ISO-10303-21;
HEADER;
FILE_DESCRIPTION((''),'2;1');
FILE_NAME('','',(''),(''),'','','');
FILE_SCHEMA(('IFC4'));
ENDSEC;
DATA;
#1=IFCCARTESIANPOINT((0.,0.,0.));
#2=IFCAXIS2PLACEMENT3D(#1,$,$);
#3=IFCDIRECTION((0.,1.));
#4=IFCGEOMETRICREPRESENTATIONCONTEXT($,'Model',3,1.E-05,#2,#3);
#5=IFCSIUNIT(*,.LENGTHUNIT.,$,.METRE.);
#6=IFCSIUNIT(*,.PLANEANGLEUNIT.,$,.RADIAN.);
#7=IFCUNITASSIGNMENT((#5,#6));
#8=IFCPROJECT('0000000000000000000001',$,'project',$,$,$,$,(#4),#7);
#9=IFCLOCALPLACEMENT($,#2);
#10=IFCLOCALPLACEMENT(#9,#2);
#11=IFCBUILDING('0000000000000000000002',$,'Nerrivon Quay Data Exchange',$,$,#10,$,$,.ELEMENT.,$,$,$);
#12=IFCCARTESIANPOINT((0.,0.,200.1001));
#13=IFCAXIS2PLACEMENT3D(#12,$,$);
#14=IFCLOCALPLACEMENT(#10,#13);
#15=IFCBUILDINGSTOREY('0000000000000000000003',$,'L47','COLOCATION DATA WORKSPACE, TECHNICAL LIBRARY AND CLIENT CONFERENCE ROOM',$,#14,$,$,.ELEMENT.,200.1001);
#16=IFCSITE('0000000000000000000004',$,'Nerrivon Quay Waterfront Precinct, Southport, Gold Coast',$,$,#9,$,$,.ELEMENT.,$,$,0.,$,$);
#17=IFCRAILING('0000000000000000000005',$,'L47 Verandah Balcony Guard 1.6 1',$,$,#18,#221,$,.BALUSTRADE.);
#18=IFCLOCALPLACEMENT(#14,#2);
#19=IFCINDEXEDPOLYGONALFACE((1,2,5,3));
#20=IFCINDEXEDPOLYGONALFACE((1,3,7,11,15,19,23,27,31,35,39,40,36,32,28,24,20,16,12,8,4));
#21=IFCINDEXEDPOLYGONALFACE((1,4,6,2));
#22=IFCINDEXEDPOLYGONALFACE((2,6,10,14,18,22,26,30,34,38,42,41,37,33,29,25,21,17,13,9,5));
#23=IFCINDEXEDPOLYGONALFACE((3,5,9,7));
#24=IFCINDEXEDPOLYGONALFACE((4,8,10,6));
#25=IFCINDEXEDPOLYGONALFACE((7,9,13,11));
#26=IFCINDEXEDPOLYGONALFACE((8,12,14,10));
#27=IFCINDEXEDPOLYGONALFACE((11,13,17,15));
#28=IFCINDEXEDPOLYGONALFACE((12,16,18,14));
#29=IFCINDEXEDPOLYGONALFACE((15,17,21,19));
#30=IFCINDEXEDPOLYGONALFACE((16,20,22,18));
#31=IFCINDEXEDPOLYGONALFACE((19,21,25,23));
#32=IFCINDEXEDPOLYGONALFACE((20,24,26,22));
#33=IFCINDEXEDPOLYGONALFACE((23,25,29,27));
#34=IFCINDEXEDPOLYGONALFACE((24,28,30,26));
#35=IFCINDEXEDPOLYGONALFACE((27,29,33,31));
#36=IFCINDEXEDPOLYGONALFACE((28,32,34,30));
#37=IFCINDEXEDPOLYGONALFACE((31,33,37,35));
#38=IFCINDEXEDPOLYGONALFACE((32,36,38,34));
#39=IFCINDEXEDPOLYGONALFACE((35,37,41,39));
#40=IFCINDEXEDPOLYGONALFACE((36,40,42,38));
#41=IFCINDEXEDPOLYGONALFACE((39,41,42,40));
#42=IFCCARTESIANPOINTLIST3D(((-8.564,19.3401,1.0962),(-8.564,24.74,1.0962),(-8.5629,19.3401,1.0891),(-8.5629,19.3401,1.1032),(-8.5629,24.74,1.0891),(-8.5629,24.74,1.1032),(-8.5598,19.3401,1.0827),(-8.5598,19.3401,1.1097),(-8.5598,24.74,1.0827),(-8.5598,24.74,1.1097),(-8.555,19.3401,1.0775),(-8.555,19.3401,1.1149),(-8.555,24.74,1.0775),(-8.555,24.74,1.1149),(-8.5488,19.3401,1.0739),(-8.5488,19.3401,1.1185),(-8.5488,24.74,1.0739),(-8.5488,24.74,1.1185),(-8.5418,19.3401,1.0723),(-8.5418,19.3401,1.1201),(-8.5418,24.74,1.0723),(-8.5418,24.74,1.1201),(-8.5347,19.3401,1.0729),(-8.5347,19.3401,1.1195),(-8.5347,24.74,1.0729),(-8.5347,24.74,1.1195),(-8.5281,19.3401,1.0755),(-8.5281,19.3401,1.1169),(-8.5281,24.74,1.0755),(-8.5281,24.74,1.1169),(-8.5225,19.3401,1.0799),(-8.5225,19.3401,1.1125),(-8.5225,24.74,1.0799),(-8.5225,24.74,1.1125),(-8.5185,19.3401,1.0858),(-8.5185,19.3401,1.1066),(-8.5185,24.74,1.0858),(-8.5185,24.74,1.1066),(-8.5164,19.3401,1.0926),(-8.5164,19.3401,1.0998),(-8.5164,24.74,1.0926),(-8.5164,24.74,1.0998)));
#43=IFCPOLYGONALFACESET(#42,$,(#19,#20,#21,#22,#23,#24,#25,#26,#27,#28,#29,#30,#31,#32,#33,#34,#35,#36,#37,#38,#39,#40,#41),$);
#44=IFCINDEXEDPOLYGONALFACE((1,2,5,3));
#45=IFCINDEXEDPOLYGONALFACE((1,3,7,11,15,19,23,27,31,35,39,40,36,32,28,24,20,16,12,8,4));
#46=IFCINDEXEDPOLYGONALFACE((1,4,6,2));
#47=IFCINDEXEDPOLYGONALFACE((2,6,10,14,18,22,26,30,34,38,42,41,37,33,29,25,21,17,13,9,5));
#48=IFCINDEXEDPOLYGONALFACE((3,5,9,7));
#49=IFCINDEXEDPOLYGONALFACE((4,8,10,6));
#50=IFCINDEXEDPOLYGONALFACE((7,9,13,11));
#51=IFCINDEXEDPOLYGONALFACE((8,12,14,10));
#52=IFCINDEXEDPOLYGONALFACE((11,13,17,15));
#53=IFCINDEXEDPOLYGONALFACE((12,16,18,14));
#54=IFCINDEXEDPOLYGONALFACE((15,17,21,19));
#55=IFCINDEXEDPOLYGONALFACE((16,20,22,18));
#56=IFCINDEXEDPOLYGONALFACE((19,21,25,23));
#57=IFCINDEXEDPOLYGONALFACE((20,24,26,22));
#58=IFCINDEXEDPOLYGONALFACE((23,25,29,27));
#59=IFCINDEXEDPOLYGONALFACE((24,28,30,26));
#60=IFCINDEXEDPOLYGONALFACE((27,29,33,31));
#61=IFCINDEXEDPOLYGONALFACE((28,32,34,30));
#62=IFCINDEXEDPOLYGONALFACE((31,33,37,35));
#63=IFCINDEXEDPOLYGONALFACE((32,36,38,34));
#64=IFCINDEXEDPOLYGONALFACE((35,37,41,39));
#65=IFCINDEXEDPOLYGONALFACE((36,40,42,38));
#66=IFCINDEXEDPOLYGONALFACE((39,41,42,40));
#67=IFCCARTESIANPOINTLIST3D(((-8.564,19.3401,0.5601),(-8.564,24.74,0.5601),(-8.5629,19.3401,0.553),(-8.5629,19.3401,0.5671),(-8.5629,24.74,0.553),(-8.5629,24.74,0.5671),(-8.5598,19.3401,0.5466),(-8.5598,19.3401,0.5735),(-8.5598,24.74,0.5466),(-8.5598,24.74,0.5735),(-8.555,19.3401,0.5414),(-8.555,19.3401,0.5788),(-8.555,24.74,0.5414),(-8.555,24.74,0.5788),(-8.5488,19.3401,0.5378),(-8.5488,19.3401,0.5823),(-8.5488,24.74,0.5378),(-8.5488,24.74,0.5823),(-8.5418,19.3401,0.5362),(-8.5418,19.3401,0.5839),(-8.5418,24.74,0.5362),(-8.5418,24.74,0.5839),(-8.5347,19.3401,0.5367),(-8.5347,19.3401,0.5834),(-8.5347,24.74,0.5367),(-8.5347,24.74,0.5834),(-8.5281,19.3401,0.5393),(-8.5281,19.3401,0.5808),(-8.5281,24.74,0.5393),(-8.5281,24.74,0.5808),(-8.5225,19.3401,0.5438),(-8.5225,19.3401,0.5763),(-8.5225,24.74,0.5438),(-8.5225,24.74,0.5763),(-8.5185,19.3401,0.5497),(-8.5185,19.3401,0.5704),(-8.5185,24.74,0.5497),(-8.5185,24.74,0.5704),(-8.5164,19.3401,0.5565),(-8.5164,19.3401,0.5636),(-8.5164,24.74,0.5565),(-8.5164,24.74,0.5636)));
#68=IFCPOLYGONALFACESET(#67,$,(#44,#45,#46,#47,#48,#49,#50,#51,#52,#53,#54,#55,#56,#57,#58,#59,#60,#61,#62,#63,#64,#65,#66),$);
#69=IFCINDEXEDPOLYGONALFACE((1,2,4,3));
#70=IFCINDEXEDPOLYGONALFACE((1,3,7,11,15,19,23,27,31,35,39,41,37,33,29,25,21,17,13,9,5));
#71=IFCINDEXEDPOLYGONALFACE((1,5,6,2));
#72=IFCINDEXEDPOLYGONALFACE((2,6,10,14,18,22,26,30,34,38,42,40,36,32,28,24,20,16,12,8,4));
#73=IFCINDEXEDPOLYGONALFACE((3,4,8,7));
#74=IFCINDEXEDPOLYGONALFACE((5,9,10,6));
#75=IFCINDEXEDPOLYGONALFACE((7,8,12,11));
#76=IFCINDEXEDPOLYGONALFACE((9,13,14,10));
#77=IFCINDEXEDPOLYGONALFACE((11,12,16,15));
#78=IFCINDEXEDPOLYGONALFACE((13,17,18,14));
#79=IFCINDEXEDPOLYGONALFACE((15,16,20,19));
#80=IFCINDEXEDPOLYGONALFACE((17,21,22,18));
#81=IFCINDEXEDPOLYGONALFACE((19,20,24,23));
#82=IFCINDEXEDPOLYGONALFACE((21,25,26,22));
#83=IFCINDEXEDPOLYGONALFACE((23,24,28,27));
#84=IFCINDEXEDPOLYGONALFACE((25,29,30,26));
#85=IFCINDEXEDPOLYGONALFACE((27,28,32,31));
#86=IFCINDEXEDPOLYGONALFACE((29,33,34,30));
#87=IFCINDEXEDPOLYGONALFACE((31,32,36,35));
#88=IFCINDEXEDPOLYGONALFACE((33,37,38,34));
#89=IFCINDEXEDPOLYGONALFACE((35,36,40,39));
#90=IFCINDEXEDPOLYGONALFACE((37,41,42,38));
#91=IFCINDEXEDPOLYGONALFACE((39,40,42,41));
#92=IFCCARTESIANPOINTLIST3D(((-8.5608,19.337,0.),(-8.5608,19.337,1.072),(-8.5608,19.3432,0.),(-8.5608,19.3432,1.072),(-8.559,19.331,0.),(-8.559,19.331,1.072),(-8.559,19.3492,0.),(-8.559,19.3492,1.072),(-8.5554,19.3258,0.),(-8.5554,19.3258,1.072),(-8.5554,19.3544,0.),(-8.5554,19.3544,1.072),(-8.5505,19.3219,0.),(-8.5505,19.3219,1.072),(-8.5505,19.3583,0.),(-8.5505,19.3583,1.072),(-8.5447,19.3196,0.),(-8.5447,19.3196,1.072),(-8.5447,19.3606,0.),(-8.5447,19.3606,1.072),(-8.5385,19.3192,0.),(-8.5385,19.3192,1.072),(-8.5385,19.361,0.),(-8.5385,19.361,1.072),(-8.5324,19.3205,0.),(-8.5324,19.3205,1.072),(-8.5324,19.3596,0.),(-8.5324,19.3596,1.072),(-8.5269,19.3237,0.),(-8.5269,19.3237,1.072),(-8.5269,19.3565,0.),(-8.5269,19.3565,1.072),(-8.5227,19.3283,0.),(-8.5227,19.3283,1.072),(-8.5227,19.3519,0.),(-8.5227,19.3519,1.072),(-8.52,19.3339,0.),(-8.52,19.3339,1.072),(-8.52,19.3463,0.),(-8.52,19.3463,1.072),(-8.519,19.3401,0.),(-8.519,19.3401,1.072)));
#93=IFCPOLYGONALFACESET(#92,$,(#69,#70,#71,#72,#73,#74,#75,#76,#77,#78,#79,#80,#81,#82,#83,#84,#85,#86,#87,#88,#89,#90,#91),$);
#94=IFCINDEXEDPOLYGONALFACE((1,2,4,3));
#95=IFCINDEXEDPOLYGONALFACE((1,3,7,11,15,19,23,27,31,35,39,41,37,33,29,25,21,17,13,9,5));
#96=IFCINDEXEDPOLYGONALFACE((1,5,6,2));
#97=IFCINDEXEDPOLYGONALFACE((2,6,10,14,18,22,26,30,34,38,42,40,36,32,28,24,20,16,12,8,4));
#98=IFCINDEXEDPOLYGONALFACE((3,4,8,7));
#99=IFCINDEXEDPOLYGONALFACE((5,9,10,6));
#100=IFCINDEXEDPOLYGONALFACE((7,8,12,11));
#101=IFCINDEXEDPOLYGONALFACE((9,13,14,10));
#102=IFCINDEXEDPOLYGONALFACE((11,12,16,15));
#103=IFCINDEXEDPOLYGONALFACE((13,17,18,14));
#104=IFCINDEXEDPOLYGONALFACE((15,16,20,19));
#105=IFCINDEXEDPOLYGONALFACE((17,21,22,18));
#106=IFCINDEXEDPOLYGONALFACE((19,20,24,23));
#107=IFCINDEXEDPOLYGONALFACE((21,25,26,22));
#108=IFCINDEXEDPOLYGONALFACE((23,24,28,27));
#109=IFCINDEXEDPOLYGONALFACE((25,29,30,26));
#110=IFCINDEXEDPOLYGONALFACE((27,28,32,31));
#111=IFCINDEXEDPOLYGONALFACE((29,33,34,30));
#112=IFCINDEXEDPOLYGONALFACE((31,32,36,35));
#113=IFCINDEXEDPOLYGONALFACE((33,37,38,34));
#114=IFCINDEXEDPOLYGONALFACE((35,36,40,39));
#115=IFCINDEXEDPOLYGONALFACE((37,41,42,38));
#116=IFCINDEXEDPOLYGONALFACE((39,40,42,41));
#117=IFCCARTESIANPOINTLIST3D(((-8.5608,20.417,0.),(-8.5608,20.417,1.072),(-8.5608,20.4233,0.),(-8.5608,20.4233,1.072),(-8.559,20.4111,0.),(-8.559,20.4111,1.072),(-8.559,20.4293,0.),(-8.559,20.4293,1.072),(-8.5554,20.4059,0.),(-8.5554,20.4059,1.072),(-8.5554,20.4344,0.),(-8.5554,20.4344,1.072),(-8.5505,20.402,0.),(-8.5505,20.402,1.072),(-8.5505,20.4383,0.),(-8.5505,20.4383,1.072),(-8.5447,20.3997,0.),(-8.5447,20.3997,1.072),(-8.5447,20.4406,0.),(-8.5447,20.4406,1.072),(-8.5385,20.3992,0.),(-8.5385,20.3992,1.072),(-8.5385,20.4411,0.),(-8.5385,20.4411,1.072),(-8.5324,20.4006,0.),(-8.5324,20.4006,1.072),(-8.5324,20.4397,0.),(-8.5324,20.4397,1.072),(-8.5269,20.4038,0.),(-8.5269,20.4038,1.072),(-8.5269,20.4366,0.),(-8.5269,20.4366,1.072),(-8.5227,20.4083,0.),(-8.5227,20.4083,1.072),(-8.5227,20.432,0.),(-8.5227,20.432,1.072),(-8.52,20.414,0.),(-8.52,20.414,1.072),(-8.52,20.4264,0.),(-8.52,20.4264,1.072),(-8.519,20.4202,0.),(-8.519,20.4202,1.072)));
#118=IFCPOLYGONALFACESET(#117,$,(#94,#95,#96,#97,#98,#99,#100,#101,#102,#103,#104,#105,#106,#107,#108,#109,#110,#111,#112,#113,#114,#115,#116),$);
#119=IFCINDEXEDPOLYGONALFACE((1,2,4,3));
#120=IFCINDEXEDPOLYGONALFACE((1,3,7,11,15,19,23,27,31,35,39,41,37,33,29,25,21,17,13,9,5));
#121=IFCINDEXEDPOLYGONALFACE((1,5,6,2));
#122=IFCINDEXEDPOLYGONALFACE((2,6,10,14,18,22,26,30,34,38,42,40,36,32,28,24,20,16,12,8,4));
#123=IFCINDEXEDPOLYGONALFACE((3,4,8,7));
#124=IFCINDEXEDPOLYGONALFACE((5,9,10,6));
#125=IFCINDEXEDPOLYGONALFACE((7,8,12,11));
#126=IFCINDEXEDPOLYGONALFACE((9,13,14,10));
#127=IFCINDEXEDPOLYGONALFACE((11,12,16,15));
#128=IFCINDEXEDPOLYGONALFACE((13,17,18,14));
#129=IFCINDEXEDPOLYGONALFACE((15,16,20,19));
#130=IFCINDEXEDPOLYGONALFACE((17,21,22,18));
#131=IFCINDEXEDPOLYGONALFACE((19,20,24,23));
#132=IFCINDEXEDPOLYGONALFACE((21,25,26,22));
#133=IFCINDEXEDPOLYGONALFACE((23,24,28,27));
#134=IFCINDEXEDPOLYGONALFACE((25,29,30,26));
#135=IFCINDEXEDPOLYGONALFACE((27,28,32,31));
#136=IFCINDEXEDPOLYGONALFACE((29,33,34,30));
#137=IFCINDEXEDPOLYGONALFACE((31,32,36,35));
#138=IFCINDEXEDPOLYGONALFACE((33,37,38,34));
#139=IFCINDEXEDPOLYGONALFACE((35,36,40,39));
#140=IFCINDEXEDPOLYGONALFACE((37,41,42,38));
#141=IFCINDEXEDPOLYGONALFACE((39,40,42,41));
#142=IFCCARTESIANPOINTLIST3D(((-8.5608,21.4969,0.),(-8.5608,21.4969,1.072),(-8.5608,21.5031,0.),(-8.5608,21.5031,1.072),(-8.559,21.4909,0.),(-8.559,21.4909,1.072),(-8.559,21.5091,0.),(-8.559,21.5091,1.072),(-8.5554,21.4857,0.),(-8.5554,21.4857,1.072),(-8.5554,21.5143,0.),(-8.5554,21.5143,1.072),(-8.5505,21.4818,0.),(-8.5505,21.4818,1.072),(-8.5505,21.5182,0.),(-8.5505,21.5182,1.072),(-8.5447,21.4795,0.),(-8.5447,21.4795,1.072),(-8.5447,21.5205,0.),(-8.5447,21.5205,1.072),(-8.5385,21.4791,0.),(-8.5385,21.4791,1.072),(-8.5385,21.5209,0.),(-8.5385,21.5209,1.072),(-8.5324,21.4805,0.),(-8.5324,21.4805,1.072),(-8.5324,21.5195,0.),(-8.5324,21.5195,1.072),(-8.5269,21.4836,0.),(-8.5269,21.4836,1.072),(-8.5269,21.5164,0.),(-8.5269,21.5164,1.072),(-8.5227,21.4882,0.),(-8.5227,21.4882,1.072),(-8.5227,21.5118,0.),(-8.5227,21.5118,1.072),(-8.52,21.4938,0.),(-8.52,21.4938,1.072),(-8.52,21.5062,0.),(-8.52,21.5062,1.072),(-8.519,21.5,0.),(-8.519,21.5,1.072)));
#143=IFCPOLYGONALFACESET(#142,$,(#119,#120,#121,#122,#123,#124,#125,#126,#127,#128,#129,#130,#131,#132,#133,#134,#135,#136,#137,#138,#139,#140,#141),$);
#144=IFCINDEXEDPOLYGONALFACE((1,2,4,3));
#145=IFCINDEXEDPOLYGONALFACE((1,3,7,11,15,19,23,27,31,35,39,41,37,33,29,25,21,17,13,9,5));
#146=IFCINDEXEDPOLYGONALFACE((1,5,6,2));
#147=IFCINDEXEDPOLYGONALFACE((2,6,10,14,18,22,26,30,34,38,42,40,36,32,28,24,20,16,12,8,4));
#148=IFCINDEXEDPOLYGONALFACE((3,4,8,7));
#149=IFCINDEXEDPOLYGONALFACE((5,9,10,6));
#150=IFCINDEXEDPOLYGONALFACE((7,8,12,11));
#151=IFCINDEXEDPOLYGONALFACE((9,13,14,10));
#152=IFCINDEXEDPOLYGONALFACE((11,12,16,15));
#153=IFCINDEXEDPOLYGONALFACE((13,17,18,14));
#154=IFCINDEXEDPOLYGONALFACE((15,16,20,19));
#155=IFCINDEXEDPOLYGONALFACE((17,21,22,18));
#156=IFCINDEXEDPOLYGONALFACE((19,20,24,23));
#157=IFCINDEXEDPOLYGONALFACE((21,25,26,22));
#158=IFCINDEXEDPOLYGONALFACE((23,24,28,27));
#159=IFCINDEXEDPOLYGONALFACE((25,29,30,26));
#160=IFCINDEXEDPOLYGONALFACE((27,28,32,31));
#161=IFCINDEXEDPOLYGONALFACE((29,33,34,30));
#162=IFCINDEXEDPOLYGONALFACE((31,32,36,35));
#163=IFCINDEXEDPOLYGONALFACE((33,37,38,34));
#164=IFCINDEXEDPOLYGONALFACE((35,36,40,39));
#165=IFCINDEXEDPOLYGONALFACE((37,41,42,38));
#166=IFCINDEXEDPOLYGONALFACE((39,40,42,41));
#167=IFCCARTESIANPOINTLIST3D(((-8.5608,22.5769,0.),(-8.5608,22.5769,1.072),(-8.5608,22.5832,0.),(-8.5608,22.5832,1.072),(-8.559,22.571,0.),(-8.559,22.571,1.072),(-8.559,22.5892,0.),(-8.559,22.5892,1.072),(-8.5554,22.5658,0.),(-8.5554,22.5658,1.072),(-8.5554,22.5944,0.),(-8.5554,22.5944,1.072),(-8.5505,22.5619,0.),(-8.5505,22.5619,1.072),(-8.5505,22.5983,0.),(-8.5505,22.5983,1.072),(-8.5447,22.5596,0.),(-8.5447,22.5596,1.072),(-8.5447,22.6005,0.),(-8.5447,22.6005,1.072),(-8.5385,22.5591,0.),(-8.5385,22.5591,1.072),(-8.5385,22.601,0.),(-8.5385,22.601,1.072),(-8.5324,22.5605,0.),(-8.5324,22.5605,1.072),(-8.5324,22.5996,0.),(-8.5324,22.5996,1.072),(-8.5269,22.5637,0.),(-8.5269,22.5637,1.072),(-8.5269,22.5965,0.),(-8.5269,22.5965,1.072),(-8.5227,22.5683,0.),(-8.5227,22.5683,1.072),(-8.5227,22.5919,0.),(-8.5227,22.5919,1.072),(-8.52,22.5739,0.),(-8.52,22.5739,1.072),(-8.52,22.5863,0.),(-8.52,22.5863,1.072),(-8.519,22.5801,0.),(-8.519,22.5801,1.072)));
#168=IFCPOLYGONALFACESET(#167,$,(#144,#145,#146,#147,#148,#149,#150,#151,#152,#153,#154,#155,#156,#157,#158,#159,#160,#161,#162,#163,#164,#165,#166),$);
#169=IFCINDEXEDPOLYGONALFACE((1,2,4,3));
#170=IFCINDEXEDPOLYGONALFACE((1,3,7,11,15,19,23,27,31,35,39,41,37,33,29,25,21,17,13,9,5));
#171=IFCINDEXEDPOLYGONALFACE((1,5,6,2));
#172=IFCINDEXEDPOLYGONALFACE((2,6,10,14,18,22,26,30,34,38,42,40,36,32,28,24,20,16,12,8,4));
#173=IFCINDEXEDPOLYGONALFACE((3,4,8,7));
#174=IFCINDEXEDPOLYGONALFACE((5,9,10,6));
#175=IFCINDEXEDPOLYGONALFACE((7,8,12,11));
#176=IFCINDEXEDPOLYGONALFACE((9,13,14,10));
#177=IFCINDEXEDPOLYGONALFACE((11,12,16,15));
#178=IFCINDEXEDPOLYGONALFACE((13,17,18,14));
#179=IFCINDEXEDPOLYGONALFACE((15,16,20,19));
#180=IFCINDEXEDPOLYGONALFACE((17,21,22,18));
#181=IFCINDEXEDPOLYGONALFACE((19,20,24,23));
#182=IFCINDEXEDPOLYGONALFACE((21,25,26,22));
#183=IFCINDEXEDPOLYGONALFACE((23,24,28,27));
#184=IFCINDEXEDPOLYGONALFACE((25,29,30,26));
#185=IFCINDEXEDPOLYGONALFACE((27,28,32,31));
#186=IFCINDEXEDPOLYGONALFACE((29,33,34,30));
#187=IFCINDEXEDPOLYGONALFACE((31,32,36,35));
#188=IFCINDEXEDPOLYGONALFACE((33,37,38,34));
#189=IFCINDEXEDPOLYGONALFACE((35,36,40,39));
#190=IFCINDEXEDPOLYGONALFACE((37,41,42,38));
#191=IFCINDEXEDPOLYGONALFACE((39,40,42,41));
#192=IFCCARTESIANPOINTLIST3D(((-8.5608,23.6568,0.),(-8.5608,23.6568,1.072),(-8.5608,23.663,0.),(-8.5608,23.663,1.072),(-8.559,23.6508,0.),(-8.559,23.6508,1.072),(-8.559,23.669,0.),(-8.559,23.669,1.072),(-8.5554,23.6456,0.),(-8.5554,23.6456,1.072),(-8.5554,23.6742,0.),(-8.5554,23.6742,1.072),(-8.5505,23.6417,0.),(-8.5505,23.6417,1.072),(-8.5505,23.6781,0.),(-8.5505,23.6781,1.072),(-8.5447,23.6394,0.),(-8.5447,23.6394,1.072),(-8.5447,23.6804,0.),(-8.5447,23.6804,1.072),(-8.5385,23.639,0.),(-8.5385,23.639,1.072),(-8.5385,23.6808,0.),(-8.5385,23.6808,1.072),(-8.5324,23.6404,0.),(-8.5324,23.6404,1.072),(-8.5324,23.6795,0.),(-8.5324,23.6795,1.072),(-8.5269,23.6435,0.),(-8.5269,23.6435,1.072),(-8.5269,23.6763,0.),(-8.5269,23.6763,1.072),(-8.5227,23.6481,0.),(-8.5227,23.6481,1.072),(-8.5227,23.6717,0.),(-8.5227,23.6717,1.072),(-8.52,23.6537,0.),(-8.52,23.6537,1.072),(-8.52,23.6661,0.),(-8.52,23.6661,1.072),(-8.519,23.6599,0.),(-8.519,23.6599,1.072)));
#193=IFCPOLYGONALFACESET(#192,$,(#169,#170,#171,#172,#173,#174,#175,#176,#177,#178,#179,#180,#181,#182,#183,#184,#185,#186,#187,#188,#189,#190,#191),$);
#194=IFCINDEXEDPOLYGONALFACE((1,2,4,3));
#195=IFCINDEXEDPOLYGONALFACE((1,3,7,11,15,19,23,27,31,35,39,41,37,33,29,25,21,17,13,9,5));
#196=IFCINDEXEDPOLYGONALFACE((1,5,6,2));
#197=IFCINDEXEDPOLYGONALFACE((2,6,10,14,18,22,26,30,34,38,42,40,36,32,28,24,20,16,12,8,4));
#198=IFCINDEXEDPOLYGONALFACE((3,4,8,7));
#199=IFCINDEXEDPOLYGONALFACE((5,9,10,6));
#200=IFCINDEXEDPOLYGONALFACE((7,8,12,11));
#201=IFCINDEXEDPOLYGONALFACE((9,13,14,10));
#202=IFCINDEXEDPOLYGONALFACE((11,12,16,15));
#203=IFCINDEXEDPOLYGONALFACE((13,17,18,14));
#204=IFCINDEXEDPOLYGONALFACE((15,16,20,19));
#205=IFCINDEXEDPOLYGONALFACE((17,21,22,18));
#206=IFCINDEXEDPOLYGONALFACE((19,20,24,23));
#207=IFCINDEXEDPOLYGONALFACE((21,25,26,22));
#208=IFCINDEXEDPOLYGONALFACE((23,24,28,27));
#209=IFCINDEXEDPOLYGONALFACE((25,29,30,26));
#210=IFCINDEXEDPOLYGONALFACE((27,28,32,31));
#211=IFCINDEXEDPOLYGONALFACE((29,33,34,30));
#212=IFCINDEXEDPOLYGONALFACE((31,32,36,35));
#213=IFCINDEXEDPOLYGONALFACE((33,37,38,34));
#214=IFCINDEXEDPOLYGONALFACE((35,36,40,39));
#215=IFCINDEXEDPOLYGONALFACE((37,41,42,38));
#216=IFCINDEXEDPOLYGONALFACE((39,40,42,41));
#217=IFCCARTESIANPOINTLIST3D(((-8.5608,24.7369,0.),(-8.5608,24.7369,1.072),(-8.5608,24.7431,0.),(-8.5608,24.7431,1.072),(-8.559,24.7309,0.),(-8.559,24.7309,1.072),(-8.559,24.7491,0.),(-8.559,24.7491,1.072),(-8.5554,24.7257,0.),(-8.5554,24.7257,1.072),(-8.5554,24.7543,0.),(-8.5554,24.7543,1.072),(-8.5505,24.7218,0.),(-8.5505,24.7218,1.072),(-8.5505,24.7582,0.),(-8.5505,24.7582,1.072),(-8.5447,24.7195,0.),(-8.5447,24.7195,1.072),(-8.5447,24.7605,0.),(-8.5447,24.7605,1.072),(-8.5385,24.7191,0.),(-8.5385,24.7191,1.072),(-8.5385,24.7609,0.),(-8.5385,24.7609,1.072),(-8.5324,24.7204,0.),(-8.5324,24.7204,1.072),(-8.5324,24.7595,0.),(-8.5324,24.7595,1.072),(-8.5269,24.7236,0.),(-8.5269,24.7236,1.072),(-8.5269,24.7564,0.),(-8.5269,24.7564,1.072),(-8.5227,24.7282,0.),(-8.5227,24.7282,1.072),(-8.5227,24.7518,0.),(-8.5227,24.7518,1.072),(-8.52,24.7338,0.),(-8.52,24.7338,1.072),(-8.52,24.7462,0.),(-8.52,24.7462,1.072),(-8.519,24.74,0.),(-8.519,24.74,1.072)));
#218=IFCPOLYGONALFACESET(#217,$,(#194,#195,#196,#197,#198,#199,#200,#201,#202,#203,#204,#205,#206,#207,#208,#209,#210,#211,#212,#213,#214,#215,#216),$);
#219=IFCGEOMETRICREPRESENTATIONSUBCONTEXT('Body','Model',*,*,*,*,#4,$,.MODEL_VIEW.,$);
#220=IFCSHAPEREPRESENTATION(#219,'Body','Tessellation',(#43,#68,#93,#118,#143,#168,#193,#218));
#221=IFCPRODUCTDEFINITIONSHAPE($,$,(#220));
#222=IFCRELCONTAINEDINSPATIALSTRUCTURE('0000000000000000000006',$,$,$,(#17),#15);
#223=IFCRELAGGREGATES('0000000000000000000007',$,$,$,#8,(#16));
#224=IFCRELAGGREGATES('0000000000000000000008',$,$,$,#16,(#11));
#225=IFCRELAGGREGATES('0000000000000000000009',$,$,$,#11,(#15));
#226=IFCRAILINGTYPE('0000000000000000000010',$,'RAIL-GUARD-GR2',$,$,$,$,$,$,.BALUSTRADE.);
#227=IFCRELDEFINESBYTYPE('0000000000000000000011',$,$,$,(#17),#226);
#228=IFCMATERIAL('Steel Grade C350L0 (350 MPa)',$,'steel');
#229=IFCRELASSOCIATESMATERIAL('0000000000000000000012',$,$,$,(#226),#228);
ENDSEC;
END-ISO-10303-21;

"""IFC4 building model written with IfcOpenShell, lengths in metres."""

from ifc_helpers import new_model, si_unit, direction, frame, origin, origin_2d, place, context, subcontext, project, spatial, circle, extrude, material, type_object, element, save


model = new_model("IFC4")

# Units and contexts
model_context = context("Model", 3, precision=1e-05, world=origin(), true_north=direction((0.0, 1.0)))
body_context = subcontext(model_context, "Body", "Model", "MODEL_VIEW")
ifc_project = project(units=[si_unit("LENGTHUNIT", "METRE"), si_unit("PLANEANGLEUNIT", "RADIAN")], contexts=[model_context])

# Site, building, storey
site_placement = place(None, origin())
site = spatial("IfcSite", under=ifc_project, at=site_placement, Name="Nerrivon Quay Waterfront Precinct, Southport, Gold Coast", CompositionType="ELEMENT", RefElevation=0.0)
building_placement = place(site_placement, origin())
building = spatial("IfcBuilding", under=site, at=building_placement, Name="Nerrivon Quay Data Exchange", CompositionType="ELEMENT")
storey_placement = place(building_placement, frame((0.0, 0.0, 200.1001)))
storey = spatial("IfcBuildingStorey", under=building, at=storey_placement, Name="L47", Description="COLOCATION DATA WORKSPACE, TECHNICAL LIBRARY AND CLIENT CONFERENCE ROOM", CompositionType="ELEMENT", Elevation=200.1001)

# Railing
ifc_material_1 = material(Name="Steel Grade C350L0 (350 MPa)", Category="steel")
railing_type = type_object("IfcRailingType", Name="RAIL-GUARD-GR2", PredefinedType="BALUSTRADE", material=ifc_material_1)
railing_1_placement = place(storey_placement, frame((-8.54, 19.3401, 0.0)))
element("IfcRailing", 1, at=railing_1_placement, inside=storey, type_object=railing_type, Name="L47 Verandah Balcony Guard 1.6 1", PredefinedType="BALUSTRADE", context=body_context, shape_type="SweptSolid", body=[
    extrude(circle(Radius=0.0239, at=origin_2d()), frame((0.0, 0.0, 1.0962), z_axis=(0.0, 1.0, 0.0), x_axis=(-1.0, 0.0, 0.0)), (0.0, 0.0, 1.0), 5.3999),
    extrude(circle(Radius=0.0239, at=origin_2d()), frame((0.0, 0.0, 0.5601), z_axis=(0.0, 1.0, 0.0), x_axis=(-1.0, 0.0, 0.0)), (0.0, 0.0, 1.0), 5.3999),
    extrude(circle(Radius=0.021, at=origin_2d()), origin(), (0.0, 0.0, 1.0), 1.072),
    extrude(circle(Radius=0.021, at=origin_2d()), frame((0.0, 1.0801, 0.0)), (0.0, 0.0, 1.0), 1.072),
    extrude(circle(Radius=0.021, at=origin_2d()), frame((0.0, 2.1599, 0.0)), (0.0, 0.0, 1.0), 1.072),
    extrude(circle(Radius=0.021, at=origin_2d()), frame((0.0, 3.24, 0.0)), (0.0, 0.0, 1.0), 1.072),
    extrude(circle(Radius=0.021, at=origin_2d()), frame((0.0, 4.3198, 0.0)), (0.0, 0.0, 1.0), 1.072),
    extrude(circle(Radius=0.021, at=origin_2d()), frame((0.0, 5.3999, 0.0)), (0.0, 0.0, 1.0), 1.072),
])

save(model, "model.ifc")
